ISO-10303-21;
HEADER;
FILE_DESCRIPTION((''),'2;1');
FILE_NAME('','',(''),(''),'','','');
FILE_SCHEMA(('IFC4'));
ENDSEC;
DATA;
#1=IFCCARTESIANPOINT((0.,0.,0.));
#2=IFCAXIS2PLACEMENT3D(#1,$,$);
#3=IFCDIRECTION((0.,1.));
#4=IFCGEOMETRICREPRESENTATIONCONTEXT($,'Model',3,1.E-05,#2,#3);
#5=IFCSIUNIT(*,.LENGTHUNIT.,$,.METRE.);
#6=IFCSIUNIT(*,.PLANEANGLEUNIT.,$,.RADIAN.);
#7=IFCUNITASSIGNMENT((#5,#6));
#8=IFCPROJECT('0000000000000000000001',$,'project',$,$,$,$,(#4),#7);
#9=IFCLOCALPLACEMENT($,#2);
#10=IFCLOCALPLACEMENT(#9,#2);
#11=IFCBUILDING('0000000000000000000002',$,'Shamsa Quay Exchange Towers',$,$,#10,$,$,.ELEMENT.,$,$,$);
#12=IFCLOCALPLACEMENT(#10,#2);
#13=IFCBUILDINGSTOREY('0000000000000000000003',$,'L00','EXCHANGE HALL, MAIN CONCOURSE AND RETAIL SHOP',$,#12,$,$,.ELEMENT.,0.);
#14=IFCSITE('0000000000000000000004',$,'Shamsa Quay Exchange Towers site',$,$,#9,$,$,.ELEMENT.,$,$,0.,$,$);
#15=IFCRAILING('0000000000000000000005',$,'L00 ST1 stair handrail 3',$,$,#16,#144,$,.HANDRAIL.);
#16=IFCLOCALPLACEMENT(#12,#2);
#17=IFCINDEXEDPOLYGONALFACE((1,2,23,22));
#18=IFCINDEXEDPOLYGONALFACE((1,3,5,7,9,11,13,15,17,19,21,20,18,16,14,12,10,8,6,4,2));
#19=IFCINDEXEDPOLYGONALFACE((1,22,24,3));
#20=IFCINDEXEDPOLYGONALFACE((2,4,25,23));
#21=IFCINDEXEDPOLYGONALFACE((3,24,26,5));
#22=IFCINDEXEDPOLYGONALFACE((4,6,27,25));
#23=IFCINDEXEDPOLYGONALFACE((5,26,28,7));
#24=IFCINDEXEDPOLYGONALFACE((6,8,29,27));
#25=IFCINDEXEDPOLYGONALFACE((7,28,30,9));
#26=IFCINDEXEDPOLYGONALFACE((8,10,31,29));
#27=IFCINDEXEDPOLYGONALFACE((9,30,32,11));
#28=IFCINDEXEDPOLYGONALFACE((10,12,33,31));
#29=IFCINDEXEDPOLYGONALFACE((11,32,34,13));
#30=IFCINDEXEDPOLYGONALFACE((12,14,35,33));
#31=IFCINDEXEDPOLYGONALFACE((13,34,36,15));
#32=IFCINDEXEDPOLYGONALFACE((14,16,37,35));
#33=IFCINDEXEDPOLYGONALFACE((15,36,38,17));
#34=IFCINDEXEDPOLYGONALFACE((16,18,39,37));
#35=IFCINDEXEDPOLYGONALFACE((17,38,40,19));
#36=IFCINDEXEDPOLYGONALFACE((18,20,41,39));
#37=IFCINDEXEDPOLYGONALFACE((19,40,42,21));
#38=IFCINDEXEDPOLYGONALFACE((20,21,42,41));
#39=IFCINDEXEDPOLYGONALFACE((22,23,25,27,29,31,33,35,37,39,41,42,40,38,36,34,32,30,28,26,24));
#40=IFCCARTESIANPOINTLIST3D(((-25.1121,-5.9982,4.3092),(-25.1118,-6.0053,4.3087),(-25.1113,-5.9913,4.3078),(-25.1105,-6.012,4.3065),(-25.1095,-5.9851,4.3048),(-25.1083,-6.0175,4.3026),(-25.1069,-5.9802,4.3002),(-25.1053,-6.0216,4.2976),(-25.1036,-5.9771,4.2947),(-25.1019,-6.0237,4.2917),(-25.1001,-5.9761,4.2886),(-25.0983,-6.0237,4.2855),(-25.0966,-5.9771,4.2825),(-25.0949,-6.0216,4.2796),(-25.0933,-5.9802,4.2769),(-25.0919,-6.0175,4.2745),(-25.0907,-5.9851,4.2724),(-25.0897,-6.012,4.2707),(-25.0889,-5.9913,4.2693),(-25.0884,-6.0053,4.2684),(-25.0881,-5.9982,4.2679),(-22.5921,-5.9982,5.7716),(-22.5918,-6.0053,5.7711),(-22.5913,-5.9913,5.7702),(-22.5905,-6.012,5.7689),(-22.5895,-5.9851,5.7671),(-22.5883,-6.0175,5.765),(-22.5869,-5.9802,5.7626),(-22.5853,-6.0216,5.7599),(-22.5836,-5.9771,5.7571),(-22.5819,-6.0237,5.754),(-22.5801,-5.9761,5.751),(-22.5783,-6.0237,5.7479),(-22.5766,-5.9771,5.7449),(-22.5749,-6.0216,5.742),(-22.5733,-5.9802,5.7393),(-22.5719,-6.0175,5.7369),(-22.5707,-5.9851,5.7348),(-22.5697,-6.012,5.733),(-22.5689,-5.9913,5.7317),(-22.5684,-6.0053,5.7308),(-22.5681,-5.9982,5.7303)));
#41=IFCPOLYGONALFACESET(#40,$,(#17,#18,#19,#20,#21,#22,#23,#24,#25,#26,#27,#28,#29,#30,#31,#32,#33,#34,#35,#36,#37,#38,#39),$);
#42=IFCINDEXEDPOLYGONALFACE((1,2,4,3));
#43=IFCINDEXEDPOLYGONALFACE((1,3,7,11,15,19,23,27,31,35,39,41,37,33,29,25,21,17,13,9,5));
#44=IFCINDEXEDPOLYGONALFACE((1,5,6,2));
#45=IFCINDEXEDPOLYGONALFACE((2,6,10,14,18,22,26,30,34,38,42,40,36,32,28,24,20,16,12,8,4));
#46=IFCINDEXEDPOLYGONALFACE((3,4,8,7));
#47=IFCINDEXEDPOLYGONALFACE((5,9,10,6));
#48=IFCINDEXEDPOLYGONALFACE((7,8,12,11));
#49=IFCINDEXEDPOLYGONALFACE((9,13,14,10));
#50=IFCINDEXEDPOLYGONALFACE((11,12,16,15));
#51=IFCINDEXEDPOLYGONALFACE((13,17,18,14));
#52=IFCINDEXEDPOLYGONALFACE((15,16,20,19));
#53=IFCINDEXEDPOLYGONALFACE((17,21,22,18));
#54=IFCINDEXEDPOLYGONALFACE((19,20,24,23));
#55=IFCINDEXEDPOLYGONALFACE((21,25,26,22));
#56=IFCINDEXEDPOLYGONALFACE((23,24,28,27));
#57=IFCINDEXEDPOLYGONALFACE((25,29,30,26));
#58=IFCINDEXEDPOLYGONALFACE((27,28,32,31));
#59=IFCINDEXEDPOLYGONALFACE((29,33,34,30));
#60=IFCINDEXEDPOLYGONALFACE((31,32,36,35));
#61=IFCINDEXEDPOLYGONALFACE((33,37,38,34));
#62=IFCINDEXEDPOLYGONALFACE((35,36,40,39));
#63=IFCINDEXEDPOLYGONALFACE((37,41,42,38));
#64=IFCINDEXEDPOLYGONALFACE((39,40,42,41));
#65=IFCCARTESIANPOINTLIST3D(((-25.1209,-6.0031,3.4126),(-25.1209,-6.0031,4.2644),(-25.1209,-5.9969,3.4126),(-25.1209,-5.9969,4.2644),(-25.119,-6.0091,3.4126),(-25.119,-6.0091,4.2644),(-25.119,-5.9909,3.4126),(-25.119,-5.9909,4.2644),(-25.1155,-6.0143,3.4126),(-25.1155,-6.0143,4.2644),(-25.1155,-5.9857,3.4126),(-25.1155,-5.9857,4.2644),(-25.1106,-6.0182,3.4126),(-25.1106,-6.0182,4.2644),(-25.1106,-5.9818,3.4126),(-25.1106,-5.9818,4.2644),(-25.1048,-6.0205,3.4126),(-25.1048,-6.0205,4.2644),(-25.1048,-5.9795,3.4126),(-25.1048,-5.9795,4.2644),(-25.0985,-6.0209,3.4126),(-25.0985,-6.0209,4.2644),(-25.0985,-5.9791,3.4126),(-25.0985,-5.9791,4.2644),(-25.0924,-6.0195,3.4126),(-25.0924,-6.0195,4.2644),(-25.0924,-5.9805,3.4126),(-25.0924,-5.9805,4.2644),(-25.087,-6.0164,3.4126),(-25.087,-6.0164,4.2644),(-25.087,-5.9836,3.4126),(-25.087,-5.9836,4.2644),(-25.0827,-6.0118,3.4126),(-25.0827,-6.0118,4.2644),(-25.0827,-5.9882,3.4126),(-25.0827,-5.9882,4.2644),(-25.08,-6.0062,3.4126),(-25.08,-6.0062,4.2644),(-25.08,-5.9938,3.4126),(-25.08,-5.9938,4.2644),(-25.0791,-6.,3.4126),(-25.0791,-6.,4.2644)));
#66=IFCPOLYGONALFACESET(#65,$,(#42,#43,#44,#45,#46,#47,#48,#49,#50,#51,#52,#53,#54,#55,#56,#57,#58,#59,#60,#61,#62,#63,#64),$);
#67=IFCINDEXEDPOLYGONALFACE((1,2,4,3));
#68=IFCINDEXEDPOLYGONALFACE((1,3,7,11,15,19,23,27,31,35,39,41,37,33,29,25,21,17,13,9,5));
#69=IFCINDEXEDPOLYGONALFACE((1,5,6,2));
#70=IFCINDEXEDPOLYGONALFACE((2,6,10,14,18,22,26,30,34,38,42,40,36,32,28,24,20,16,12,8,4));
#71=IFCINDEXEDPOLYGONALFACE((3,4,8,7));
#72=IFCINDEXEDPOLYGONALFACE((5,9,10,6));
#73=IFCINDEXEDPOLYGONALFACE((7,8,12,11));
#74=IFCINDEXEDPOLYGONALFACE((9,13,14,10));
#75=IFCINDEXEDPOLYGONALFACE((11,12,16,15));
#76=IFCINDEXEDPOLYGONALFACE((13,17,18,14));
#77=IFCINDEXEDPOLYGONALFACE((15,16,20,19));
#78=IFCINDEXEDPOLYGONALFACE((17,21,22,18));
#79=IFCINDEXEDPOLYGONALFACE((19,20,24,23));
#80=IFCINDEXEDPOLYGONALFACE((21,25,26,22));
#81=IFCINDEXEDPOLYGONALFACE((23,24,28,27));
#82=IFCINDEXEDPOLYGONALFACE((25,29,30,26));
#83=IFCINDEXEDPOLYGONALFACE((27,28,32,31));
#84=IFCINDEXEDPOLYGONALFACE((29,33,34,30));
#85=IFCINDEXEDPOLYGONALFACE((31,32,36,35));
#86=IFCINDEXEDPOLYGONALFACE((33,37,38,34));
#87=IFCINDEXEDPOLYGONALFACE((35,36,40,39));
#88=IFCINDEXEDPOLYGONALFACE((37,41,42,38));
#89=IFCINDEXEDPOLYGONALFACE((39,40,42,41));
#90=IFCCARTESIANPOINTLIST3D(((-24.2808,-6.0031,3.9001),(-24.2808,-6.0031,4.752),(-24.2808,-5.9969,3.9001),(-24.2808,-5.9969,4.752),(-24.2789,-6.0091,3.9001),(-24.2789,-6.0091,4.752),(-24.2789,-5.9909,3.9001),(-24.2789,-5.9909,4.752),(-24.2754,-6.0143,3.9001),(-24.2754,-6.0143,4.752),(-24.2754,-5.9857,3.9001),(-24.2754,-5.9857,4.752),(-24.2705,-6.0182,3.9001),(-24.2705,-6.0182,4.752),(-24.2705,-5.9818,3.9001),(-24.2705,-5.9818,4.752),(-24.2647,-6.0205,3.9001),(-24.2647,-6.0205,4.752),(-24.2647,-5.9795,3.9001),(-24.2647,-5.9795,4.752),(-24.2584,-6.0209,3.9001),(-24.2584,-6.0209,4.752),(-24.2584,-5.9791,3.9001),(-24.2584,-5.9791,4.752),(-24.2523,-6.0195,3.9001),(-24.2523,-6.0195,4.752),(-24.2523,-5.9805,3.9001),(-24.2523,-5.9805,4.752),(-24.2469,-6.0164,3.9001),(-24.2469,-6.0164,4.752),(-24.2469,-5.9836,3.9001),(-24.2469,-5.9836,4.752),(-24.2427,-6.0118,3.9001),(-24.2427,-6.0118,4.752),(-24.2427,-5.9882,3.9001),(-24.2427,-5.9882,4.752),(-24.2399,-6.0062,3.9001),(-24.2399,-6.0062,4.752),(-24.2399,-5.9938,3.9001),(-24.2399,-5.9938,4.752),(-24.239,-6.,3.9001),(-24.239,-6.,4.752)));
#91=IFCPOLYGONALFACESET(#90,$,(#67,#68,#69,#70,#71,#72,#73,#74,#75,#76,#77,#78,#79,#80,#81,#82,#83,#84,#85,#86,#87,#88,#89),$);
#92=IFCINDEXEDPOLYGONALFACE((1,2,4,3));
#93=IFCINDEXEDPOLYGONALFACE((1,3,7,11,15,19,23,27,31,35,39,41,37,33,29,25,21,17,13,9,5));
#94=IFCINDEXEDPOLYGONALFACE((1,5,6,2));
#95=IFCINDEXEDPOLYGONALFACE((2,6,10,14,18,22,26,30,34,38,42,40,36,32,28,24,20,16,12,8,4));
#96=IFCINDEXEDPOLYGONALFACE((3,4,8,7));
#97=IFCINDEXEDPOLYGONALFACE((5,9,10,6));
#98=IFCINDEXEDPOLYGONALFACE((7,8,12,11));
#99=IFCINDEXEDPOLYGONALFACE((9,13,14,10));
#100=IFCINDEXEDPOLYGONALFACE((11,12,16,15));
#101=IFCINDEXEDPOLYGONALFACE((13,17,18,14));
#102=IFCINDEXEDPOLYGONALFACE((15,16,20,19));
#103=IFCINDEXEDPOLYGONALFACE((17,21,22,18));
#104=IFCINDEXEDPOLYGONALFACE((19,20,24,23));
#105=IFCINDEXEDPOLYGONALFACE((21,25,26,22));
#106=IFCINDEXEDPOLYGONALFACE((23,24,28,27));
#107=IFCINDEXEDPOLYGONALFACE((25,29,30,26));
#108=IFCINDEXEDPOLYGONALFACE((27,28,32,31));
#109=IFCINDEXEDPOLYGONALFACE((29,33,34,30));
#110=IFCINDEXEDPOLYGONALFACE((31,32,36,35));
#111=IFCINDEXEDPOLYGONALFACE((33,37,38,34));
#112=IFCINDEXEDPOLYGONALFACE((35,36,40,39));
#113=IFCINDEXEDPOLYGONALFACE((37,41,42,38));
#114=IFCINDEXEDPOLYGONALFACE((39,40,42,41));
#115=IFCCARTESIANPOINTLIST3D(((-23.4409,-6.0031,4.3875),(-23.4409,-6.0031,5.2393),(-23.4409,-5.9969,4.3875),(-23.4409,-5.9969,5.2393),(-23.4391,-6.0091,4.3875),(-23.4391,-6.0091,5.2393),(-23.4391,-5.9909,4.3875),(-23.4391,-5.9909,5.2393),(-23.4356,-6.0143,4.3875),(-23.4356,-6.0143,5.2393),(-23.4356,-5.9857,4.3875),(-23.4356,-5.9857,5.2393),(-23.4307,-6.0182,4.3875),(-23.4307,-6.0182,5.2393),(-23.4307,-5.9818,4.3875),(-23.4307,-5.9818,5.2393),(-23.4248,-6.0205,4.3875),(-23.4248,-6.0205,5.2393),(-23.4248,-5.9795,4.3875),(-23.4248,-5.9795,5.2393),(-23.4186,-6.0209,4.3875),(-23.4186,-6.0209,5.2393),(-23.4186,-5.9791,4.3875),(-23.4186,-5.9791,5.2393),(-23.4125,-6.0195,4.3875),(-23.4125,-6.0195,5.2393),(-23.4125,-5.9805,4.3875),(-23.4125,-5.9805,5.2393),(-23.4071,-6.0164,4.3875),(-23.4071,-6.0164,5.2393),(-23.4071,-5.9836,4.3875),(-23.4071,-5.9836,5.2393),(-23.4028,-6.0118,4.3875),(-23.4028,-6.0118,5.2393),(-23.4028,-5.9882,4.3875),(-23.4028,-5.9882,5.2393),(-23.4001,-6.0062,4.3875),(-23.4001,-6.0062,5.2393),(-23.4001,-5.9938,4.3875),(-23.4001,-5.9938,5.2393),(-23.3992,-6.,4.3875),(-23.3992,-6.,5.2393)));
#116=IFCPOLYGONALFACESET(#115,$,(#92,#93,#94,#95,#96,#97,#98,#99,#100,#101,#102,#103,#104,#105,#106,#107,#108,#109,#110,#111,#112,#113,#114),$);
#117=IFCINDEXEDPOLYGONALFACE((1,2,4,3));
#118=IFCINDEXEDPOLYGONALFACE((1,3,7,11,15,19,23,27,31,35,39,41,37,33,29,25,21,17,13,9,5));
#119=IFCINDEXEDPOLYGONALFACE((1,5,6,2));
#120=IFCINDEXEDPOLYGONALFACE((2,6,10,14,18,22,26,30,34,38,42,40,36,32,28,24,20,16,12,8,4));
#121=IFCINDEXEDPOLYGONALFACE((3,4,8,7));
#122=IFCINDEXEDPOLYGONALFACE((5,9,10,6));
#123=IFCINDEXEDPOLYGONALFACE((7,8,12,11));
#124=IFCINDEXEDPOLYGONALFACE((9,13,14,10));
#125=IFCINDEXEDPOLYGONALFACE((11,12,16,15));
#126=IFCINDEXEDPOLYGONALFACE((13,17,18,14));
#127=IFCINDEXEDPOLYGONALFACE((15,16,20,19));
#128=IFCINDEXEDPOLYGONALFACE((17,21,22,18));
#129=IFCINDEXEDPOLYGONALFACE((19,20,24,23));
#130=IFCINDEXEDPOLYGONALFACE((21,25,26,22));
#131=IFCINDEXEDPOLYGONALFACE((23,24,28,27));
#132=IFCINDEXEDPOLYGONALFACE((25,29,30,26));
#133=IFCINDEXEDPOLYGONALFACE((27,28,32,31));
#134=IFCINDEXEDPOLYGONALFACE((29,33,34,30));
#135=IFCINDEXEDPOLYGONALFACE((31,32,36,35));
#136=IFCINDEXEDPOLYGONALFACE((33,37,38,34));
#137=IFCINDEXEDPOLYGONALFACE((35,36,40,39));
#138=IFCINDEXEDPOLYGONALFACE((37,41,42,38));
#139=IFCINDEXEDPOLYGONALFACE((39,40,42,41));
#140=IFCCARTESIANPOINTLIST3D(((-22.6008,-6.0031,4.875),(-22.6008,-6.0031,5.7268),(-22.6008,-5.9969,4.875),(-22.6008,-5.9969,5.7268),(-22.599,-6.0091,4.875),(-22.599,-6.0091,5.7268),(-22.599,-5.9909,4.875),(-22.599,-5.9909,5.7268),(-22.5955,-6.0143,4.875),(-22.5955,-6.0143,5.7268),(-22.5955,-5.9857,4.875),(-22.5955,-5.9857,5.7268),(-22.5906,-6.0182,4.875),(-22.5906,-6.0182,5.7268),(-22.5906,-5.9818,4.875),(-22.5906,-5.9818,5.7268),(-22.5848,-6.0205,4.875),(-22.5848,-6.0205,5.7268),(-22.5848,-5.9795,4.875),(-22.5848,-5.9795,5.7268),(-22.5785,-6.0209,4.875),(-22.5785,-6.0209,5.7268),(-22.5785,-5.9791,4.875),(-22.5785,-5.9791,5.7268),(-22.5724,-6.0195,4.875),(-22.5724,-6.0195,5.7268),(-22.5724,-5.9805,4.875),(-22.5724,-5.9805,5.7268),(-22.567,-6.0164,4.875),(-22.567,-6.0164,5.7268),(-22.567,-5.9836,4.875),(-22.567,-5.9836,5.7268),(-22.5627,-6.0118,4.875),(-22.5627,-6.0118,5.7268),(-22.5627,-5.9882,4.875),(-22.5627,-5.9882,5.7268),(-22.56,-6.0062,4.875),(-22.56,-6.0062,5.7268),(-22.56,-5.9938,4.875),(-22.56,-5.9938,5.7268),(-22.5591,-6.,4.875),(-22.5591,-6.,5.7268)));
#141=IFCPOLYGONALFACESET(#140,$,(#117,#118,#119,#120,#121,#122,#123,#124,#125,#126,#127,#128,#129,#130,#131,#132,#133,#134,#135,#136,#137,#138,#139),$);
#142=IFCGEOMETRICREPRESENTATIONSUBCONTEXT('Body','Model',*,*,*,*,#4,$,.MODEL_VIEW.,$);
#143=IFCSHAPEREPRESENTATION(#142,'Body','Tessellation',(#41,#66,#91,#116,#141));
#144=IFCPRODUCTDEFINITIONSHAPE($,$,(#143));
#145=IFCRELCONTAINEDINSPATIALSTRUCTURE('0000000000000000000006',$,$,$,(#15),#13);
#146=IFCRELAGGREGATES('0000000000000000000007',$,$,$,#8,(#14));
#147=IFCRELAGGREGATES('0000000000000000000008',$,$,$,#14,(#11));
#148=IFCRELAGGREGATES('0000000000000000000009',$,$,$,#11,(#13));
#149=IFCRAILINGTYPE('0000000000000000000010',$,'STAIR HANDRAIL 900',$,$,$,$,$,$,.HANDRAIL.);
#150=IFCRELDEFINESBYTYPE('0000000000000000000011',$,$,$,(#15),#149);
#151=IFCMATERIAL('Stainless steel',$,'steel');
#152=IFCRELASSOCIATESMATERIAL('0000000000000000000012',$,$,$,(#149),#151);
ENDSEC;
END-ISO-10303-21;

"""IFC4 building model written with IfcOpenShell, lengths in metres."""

from ifc_helpers import new_model, si_unit, direction, frame, origin, origin_2d, place, context, subcontext, project, spatial, circle, extrude, material, type_object, element, save


model = new_model("IFC4")

# Units and contexts
model_context = context("Model", 3, precision=1e-05, world=origin(), true_north=direction((0.0, 1.0)))
body_context = subcontext(model_context, "Body", "Model", "MODEL_VIEW")
ifc_project = project(units=[si_unit("LENGTHUNIT", "METRE"), si_unit("PLANEANGLEUNIT", "RADIAN")], contexts=[model_context])

# Site, building, storey
site_placement = place(None, origin())
site = spatial("IfcSite", under=ifc_project, at=site_placement, Name="Shamsa Quay Exchange Towers site", CompositionType="ELEMENT", RefElevation=0.0)
building_placement = place(site_placement, origin())
building = spatial("IfcBuilding", under=site, at=building_placement, Name="Shamsa Quay Exchange Towers", CompositionType="ELEMENT")
storey_placement = place(building_placement, origin())
storey = spatial("IfcBuildingStorey", under=building, at=storey_placement, Name="L00", Description="EXCHANGE HALL, MAIN CONCOURSE AND RETAIL SHOP", CompositionType="ELEMENT", Elevation=0.0)

# Railing
ifc_material_1 = material(Name="Stainless steel", Category="steel")
railing_type_1 = type_object("IfcRailingType", Name="STAIR HANDRAIL 900", PredefinedType="HANDRAIL", material=ifc_material_1)
for number, where, name in (
    (1, (-25.1001, -6.0, 3.4126), "L00 ST1 stair handrail 3"),
):
    element("IfcRailing", number, at=place(storey_placement, frame(where)), inside=storey, type_object=railing_type_1, Name=name, PredefinedType="HANDRAIL", context=body_context, shape_type="SweptSolid", body=[
        extrude(circle(Radius=0.0239, at=origin_2d()), frame((0.0, 0.0, 0.876), z_axis=(0.864913, 0.0, 0.501921), x_axis=(0.0, 1.0, 0.0)), (0.0, 0.0, 1.0), 2.9136),
        extrude(circle(Radius=0.021, at=origin_2d()), origin(), (0.0, 0.0, 1.0), 0.8518),
        extrude(circle(Radius=0.021, at=origin_2d()), frame((0.8401, 0.0, 0.4875)), (0.0, 0.0, 1.0), 0.8518),
        extrude(circle(Radius=0.021, at=origin_2d()), frame((1.6799, 0.0, 0.9749)), (0.0, 0.0, 1.0), 0.8518),
        extrude(circle(Radius=0.021, at=origin_2d()), frame((2.52, 0.0, 1.4624)), (0.0, 0.0, 1.0), 0.8518),
    ])

save(model, "model.ifc")
